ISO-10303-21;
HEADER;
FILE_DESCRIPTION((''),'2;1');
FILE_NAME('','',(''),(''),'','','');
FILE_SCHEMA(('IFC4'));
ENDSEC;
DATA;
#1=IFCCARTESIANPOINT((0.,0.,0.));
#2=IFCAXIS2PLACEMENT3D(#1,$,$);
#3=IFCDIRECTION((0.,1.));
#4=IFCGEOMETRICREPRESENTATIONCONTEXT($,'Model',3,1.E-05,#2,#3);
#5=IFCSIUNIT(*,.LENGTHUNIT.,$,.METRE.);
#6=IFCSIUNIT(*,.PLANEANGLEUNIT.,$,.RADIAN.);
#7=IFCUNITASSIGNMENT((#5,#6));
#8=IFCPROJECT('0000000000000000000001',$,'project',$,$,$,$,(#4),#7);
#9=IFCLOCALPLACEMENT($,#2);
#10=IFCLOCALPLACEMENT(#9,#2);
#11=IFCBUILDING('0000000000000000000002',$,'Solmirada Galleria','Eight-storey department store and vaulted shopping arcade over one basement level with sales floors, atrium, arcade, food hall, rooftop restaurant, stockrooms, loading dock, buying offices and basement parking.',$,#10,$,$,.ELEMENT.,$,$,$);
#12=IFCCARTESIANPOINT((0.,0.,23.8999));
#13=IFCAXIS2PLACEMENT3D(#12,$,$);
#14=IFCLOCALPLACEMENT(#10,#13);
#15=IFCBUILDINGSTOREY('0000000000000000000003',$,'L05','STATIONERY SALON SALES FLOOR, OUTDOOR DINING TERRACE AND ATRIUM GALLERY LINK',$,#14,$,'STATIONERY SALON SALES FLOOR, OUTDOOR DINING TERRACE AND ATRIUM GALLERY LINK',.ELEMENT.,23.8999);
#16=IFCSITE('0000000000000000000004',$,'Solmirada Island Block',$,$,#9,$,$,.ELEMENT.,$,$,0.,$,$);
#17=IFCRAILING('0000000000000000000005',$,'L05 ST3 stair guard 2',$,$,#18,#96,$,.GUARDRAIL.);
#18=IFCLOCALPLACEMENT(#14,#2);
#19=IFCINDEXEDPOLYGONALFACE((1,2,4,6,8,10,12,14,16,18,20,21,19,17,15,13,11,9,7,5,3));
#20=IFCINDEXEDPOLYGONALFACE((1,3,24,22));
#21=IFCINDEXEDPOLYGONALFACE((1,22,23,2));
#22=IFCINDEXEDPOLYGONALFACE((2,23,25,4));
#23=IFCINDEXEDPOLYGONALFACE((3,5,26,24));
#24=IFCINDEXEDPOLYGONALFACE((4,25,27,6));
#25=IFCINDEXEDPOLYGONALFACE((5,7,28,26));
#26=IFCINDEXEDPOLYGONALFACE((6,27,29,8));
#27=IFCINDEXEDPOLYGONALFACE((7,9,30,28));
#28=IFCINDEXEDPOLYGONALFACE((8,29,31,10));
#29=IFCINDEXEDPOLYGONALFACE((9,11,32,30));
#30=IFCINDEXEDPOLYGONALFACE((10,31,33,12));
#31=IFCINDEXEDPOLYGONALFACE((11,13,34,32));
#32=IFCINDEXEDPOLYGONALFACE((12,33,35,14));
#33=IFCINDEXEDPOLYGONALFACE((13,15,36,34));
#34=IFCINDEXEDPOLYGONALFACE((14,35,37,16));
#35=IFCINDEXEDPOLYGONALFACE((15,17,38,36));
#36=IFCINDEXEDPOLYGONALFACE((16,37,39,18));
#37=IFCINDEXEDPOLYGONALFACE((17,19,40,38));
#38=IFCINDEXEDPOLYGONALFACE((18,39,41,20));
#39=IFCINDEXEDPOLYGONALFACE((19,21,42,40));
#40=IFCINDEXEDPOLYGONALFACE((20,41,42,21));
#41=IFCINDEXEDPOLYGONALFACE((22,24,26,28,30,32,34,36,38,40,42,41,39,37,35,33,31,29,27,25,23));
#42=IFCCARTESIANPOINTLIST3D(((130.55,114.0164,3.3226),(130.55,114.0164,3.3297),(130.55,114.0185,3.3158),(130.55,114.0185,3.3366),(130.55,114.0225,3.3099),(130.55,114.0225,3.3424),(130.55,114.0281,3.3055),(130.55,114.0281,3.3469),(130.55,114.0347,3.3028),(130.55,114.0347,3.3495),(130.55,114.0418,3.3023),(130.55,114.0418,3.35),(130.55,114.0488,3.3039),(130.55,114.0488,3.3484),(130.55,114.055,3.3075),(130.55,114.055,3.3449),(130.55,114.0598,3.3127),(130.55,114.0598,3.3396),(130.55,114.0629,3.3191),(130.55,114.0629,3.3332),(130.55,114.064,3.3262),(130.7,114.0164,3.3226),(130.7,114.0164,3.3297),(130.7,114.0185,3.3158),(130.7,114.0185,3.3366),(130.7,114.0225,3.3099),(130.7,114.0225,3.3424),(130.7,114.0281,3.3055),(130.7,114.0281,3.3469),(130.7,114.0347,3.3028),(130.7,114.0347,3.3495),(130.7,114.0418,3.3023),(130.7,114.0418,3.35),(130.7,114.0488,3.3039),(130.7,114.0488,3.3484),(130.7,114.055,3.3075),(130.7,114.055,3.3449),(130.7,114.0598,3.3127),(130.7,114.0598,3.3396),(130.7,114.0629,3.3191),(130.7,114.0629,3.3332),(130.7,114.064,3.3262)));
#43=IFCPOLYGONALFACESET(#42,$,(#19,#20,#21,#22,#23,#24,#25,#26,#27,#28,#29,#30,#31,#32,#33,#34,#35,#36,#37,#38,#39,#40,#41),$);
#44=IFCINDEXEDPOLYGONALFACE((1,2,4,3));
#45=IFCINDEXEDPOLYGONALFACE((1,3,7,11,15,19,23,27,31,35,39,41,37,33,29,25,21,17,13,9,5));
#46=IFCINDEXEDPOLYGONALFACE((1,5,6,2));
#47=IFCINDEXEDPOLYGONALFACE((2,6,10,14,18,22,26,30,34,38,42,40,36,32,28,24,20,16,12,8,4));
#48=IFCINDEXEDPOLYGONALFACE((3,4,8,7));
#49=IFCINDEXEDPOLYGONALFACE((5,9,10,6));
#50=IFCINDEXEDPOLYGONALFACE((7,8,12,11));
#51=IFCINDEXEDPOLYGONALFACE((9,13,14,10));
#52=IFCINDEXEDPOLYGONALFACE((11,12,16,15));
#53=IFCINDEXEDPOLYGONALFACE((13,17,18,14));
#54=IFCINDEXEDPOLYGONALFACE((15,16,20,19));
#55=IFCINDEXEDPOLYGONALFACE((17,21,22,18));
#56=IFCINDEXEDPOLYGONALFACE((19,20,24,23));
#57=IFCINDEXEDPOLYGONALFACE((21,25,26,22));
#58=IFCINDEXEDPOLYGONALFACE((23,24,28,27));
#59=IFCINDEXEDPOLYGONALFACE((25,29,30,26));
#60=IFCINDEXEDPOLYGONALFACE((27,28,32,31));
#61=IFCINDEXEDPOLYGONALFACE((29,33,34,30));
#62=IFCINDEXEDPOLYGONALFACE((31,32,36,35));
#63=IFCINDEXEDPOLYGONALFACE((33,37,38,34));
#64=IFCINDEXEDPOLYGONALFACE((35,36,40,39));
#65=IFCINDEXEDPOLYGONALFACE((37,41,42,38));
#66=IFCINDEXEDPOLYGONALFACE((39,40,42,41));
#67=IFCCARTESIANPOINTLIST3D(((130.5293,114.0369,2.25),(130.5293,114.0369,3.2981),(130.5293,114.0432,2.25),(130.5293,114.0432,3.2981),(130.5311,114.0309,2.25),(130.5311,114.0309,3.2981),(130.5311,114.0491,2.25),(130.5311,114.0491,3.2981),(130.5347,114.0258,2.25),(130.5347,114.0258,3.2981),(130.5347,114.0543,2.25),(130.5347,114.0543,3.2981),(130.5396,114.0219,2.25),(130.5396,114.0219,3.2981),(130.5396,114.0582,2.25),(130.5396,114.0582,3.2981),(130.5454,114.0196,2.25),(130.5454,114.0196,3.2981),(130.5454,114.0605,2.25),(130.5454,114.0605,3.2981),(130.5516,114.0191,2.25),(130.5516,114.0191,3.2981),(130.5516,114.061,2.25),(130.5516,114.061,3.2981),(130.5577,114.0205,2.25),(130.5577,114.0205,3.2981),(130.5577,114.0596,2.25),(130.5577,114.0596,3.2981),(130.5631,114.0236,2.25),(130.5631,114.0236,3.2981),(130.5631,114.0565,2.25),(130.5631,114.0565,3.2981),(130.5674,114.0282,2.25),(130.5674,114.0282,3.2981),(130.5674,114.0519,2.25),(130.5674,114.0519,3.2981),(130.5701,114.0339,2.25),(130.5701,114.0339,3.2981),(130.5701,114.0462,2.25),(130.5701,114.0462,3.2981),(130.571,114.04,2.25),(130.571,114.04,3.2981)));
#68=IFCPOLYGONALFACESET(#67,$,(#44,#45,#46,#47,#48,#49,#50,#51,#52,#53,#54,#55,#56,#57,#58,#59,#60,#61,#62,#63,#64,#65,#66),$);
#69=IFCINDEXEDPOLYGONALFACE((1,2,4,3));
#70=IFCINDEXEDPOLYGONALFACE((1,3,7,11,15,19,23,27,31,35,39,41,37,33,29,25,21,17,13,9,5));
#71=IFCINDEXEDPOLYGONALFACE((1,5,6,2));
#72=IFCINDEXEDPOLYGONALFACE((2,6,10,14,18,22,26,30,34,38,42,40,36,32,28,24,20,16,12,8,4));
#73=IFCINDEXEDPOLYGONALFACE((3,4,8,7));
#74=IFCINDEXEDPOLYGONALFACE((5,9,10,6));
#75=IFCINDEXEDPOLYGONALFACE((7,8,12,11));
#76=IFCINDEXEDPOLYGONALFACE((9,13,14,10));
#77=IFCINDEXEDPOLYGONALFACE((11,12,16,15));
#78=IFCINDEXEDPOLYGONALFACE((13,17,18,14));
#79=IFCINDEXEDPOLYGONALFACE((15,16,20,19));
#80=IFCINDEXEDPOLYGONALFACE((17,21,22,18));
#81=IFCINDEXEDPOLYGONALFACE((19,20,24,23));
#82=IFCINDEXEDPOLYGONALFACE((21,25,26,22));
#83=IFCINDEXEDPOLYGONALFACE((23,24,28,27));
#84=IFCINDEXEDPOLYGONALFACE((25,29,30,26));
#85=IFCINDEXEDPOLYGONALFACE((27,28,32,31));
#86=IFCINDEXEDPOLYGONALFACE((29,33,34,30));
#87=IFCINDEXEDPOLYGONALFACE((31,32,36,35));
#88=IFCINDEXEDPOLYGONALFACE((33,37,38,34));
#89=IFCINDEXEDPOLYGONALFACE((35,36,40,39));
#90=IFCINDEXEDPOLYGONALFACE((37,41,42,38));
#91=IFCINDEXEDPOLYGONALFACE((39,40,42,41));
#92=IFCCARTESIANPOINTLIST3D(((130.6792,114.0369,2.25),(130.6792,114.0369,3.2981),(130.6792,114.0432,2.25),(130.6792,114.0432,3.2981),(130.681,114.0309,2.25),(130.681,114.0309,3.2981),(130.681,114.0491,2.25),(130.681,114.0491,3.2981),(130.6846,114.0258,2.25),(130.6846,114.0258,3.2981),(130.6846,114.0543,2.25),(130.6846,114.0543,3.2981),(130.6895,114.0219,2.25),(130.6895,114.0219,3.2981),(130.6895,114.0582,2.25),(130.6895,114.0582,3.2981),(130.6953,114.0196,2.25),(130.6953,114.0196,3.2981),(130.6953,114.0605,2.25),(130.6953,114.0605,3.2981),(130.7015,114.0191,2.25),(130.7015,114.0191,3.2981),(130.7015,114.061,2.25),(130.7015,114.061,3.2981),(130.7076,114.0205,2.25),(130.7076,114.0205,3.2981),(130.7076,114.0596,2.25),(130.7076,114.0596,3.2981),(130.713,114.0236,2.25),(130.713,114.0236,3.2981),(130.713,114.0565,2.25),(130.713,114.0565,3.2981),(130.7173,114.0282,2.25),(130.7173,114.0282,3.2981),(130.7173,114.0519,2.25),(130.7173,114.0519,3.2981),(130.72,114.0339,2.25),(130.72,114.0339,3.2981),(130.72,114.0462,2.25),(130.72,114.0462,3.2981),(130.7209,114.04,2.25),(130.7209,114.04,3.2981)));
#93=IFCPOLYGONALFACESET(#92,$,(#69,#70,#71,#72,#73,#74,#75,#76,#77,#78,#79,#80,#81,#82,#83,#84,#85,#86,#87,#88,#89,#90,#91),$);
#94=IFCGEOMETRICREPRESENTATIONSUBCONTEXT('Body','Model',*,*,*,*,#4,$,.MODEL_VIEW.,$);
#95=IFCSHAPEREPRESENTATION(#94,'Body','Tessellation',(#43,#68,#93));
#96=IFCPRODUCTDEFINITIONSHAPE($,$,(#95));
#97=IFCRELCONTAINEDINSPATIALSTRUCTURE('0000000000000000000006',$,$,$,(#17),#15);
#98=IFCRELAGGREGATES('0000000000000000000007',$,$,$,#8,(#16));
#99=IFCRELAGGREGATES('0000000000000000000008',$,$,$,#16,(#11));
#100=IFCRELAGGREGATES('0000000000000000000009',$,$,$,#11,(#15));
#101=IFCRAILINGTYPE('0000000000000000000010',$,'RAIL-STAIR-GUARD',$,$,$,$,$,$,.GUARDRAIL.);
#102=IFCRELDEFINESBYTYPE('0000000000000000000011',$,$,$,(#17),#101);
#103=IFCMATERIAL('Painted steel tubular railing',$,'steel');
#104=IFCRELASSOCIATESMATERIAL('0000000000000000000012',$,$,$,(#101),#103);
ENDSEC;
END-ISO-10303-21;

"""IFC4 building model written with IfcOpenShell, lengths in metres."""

from ifc_helpers import new_model, si_unit, direction, frame, origin, origin_2d, place, context, subcontext, project, spatial, circle, extrude, material, type_object, element, save


model = new_model("IFC4")

# Units and contexts
model_context = context("Model", 3, precision=1e-05, world=origin(), true_north=direction((0.0, 1.0)))
body_context = subcontext(model_context, "Body", "Model", "MODEL_VIEW")
ifc_project = project(units=[si_unit("LENGTHUNIT", "METRE"), si_unit("PLANEANGLEUNIT", "RADIAN")], contexts=[model_context])

# Site, building, storey
site_placement = place(None, origin())
site = spatial("IfcSite", under=ifc_project, at=site_placement, Name="Solmirada Island Block", CompositionType="ELEMENT", RefElevation=0.0)
building_placement = place(site_placement, origin())
building = spatial("IfcBuilding", under=site, at=building_placement, Name="Solmirada Galleria", Description="Eight-storey department store and vaulted shopping arcade over one basement level with sales floors, atrium, arcade, food hall, rooftop restaurant, stockrooms, loading dock, buying offices and basement parking.", CompositionType="ELEMENT")
storey_placement = place(building_placement, frame((0.0, 0.0, 23.8999)))
storey = spatial("IfcBuildingStorey", under=building, at=storey_placement, Name="L05", Description="STATIONERY SALON SALES FLOOR, OUTDOOR DINING TERRACE AND ATRIUM GALLERY LINK", LongName="STATIONERY SALON SALES FLOOR, OUTDOOR DINING TERRACE AND ATRIUM GALLERY LINK", CompositionType="ELEMENT", Elevation=23.8999)

# Railing
ifc_material_1 = material(Name="Painted steel tubular railing", Category="steel")
railing_type_1 = type_object("IfcRailingType", Name="RAIL-STAIR-GUARD", PredefinedType="GUARDRAIL", material=ifc_material_1)
railing_1_placement = place(storey_placement, frame((130.55, 114.04, 2.25)))
element("IfcRailing", 1, at=railing_1_placement, inside=storey, type_object=railing_type_1, Name="L05 ST3 stair guard 2", PredefinedType="GUARDRAIL", context=body_context, shape_type="SweptSolid", body=[
    extrude(circle(Radius=0.0239, at=origin_2d()), frame((0.0, 0.0, 1.0762), z_axis=(1.0, 0.0, 0.0), x_axis=(0.0, 1.0, 0.0)), (0.0, 0.0, 1.0), 0.1499),
    extrude(circle(Radius=0.021, at=origin_2d()), origin(), (0.0, 0.0, 1.0), 1.0481),
    extrude(circle(Radius=0.021, at=origin_2d()), frame((0.1499, 0.0, 0.0)), (0.0, 0.0, 1.0), 1.0481),
])

save(model, "model.ifc")
